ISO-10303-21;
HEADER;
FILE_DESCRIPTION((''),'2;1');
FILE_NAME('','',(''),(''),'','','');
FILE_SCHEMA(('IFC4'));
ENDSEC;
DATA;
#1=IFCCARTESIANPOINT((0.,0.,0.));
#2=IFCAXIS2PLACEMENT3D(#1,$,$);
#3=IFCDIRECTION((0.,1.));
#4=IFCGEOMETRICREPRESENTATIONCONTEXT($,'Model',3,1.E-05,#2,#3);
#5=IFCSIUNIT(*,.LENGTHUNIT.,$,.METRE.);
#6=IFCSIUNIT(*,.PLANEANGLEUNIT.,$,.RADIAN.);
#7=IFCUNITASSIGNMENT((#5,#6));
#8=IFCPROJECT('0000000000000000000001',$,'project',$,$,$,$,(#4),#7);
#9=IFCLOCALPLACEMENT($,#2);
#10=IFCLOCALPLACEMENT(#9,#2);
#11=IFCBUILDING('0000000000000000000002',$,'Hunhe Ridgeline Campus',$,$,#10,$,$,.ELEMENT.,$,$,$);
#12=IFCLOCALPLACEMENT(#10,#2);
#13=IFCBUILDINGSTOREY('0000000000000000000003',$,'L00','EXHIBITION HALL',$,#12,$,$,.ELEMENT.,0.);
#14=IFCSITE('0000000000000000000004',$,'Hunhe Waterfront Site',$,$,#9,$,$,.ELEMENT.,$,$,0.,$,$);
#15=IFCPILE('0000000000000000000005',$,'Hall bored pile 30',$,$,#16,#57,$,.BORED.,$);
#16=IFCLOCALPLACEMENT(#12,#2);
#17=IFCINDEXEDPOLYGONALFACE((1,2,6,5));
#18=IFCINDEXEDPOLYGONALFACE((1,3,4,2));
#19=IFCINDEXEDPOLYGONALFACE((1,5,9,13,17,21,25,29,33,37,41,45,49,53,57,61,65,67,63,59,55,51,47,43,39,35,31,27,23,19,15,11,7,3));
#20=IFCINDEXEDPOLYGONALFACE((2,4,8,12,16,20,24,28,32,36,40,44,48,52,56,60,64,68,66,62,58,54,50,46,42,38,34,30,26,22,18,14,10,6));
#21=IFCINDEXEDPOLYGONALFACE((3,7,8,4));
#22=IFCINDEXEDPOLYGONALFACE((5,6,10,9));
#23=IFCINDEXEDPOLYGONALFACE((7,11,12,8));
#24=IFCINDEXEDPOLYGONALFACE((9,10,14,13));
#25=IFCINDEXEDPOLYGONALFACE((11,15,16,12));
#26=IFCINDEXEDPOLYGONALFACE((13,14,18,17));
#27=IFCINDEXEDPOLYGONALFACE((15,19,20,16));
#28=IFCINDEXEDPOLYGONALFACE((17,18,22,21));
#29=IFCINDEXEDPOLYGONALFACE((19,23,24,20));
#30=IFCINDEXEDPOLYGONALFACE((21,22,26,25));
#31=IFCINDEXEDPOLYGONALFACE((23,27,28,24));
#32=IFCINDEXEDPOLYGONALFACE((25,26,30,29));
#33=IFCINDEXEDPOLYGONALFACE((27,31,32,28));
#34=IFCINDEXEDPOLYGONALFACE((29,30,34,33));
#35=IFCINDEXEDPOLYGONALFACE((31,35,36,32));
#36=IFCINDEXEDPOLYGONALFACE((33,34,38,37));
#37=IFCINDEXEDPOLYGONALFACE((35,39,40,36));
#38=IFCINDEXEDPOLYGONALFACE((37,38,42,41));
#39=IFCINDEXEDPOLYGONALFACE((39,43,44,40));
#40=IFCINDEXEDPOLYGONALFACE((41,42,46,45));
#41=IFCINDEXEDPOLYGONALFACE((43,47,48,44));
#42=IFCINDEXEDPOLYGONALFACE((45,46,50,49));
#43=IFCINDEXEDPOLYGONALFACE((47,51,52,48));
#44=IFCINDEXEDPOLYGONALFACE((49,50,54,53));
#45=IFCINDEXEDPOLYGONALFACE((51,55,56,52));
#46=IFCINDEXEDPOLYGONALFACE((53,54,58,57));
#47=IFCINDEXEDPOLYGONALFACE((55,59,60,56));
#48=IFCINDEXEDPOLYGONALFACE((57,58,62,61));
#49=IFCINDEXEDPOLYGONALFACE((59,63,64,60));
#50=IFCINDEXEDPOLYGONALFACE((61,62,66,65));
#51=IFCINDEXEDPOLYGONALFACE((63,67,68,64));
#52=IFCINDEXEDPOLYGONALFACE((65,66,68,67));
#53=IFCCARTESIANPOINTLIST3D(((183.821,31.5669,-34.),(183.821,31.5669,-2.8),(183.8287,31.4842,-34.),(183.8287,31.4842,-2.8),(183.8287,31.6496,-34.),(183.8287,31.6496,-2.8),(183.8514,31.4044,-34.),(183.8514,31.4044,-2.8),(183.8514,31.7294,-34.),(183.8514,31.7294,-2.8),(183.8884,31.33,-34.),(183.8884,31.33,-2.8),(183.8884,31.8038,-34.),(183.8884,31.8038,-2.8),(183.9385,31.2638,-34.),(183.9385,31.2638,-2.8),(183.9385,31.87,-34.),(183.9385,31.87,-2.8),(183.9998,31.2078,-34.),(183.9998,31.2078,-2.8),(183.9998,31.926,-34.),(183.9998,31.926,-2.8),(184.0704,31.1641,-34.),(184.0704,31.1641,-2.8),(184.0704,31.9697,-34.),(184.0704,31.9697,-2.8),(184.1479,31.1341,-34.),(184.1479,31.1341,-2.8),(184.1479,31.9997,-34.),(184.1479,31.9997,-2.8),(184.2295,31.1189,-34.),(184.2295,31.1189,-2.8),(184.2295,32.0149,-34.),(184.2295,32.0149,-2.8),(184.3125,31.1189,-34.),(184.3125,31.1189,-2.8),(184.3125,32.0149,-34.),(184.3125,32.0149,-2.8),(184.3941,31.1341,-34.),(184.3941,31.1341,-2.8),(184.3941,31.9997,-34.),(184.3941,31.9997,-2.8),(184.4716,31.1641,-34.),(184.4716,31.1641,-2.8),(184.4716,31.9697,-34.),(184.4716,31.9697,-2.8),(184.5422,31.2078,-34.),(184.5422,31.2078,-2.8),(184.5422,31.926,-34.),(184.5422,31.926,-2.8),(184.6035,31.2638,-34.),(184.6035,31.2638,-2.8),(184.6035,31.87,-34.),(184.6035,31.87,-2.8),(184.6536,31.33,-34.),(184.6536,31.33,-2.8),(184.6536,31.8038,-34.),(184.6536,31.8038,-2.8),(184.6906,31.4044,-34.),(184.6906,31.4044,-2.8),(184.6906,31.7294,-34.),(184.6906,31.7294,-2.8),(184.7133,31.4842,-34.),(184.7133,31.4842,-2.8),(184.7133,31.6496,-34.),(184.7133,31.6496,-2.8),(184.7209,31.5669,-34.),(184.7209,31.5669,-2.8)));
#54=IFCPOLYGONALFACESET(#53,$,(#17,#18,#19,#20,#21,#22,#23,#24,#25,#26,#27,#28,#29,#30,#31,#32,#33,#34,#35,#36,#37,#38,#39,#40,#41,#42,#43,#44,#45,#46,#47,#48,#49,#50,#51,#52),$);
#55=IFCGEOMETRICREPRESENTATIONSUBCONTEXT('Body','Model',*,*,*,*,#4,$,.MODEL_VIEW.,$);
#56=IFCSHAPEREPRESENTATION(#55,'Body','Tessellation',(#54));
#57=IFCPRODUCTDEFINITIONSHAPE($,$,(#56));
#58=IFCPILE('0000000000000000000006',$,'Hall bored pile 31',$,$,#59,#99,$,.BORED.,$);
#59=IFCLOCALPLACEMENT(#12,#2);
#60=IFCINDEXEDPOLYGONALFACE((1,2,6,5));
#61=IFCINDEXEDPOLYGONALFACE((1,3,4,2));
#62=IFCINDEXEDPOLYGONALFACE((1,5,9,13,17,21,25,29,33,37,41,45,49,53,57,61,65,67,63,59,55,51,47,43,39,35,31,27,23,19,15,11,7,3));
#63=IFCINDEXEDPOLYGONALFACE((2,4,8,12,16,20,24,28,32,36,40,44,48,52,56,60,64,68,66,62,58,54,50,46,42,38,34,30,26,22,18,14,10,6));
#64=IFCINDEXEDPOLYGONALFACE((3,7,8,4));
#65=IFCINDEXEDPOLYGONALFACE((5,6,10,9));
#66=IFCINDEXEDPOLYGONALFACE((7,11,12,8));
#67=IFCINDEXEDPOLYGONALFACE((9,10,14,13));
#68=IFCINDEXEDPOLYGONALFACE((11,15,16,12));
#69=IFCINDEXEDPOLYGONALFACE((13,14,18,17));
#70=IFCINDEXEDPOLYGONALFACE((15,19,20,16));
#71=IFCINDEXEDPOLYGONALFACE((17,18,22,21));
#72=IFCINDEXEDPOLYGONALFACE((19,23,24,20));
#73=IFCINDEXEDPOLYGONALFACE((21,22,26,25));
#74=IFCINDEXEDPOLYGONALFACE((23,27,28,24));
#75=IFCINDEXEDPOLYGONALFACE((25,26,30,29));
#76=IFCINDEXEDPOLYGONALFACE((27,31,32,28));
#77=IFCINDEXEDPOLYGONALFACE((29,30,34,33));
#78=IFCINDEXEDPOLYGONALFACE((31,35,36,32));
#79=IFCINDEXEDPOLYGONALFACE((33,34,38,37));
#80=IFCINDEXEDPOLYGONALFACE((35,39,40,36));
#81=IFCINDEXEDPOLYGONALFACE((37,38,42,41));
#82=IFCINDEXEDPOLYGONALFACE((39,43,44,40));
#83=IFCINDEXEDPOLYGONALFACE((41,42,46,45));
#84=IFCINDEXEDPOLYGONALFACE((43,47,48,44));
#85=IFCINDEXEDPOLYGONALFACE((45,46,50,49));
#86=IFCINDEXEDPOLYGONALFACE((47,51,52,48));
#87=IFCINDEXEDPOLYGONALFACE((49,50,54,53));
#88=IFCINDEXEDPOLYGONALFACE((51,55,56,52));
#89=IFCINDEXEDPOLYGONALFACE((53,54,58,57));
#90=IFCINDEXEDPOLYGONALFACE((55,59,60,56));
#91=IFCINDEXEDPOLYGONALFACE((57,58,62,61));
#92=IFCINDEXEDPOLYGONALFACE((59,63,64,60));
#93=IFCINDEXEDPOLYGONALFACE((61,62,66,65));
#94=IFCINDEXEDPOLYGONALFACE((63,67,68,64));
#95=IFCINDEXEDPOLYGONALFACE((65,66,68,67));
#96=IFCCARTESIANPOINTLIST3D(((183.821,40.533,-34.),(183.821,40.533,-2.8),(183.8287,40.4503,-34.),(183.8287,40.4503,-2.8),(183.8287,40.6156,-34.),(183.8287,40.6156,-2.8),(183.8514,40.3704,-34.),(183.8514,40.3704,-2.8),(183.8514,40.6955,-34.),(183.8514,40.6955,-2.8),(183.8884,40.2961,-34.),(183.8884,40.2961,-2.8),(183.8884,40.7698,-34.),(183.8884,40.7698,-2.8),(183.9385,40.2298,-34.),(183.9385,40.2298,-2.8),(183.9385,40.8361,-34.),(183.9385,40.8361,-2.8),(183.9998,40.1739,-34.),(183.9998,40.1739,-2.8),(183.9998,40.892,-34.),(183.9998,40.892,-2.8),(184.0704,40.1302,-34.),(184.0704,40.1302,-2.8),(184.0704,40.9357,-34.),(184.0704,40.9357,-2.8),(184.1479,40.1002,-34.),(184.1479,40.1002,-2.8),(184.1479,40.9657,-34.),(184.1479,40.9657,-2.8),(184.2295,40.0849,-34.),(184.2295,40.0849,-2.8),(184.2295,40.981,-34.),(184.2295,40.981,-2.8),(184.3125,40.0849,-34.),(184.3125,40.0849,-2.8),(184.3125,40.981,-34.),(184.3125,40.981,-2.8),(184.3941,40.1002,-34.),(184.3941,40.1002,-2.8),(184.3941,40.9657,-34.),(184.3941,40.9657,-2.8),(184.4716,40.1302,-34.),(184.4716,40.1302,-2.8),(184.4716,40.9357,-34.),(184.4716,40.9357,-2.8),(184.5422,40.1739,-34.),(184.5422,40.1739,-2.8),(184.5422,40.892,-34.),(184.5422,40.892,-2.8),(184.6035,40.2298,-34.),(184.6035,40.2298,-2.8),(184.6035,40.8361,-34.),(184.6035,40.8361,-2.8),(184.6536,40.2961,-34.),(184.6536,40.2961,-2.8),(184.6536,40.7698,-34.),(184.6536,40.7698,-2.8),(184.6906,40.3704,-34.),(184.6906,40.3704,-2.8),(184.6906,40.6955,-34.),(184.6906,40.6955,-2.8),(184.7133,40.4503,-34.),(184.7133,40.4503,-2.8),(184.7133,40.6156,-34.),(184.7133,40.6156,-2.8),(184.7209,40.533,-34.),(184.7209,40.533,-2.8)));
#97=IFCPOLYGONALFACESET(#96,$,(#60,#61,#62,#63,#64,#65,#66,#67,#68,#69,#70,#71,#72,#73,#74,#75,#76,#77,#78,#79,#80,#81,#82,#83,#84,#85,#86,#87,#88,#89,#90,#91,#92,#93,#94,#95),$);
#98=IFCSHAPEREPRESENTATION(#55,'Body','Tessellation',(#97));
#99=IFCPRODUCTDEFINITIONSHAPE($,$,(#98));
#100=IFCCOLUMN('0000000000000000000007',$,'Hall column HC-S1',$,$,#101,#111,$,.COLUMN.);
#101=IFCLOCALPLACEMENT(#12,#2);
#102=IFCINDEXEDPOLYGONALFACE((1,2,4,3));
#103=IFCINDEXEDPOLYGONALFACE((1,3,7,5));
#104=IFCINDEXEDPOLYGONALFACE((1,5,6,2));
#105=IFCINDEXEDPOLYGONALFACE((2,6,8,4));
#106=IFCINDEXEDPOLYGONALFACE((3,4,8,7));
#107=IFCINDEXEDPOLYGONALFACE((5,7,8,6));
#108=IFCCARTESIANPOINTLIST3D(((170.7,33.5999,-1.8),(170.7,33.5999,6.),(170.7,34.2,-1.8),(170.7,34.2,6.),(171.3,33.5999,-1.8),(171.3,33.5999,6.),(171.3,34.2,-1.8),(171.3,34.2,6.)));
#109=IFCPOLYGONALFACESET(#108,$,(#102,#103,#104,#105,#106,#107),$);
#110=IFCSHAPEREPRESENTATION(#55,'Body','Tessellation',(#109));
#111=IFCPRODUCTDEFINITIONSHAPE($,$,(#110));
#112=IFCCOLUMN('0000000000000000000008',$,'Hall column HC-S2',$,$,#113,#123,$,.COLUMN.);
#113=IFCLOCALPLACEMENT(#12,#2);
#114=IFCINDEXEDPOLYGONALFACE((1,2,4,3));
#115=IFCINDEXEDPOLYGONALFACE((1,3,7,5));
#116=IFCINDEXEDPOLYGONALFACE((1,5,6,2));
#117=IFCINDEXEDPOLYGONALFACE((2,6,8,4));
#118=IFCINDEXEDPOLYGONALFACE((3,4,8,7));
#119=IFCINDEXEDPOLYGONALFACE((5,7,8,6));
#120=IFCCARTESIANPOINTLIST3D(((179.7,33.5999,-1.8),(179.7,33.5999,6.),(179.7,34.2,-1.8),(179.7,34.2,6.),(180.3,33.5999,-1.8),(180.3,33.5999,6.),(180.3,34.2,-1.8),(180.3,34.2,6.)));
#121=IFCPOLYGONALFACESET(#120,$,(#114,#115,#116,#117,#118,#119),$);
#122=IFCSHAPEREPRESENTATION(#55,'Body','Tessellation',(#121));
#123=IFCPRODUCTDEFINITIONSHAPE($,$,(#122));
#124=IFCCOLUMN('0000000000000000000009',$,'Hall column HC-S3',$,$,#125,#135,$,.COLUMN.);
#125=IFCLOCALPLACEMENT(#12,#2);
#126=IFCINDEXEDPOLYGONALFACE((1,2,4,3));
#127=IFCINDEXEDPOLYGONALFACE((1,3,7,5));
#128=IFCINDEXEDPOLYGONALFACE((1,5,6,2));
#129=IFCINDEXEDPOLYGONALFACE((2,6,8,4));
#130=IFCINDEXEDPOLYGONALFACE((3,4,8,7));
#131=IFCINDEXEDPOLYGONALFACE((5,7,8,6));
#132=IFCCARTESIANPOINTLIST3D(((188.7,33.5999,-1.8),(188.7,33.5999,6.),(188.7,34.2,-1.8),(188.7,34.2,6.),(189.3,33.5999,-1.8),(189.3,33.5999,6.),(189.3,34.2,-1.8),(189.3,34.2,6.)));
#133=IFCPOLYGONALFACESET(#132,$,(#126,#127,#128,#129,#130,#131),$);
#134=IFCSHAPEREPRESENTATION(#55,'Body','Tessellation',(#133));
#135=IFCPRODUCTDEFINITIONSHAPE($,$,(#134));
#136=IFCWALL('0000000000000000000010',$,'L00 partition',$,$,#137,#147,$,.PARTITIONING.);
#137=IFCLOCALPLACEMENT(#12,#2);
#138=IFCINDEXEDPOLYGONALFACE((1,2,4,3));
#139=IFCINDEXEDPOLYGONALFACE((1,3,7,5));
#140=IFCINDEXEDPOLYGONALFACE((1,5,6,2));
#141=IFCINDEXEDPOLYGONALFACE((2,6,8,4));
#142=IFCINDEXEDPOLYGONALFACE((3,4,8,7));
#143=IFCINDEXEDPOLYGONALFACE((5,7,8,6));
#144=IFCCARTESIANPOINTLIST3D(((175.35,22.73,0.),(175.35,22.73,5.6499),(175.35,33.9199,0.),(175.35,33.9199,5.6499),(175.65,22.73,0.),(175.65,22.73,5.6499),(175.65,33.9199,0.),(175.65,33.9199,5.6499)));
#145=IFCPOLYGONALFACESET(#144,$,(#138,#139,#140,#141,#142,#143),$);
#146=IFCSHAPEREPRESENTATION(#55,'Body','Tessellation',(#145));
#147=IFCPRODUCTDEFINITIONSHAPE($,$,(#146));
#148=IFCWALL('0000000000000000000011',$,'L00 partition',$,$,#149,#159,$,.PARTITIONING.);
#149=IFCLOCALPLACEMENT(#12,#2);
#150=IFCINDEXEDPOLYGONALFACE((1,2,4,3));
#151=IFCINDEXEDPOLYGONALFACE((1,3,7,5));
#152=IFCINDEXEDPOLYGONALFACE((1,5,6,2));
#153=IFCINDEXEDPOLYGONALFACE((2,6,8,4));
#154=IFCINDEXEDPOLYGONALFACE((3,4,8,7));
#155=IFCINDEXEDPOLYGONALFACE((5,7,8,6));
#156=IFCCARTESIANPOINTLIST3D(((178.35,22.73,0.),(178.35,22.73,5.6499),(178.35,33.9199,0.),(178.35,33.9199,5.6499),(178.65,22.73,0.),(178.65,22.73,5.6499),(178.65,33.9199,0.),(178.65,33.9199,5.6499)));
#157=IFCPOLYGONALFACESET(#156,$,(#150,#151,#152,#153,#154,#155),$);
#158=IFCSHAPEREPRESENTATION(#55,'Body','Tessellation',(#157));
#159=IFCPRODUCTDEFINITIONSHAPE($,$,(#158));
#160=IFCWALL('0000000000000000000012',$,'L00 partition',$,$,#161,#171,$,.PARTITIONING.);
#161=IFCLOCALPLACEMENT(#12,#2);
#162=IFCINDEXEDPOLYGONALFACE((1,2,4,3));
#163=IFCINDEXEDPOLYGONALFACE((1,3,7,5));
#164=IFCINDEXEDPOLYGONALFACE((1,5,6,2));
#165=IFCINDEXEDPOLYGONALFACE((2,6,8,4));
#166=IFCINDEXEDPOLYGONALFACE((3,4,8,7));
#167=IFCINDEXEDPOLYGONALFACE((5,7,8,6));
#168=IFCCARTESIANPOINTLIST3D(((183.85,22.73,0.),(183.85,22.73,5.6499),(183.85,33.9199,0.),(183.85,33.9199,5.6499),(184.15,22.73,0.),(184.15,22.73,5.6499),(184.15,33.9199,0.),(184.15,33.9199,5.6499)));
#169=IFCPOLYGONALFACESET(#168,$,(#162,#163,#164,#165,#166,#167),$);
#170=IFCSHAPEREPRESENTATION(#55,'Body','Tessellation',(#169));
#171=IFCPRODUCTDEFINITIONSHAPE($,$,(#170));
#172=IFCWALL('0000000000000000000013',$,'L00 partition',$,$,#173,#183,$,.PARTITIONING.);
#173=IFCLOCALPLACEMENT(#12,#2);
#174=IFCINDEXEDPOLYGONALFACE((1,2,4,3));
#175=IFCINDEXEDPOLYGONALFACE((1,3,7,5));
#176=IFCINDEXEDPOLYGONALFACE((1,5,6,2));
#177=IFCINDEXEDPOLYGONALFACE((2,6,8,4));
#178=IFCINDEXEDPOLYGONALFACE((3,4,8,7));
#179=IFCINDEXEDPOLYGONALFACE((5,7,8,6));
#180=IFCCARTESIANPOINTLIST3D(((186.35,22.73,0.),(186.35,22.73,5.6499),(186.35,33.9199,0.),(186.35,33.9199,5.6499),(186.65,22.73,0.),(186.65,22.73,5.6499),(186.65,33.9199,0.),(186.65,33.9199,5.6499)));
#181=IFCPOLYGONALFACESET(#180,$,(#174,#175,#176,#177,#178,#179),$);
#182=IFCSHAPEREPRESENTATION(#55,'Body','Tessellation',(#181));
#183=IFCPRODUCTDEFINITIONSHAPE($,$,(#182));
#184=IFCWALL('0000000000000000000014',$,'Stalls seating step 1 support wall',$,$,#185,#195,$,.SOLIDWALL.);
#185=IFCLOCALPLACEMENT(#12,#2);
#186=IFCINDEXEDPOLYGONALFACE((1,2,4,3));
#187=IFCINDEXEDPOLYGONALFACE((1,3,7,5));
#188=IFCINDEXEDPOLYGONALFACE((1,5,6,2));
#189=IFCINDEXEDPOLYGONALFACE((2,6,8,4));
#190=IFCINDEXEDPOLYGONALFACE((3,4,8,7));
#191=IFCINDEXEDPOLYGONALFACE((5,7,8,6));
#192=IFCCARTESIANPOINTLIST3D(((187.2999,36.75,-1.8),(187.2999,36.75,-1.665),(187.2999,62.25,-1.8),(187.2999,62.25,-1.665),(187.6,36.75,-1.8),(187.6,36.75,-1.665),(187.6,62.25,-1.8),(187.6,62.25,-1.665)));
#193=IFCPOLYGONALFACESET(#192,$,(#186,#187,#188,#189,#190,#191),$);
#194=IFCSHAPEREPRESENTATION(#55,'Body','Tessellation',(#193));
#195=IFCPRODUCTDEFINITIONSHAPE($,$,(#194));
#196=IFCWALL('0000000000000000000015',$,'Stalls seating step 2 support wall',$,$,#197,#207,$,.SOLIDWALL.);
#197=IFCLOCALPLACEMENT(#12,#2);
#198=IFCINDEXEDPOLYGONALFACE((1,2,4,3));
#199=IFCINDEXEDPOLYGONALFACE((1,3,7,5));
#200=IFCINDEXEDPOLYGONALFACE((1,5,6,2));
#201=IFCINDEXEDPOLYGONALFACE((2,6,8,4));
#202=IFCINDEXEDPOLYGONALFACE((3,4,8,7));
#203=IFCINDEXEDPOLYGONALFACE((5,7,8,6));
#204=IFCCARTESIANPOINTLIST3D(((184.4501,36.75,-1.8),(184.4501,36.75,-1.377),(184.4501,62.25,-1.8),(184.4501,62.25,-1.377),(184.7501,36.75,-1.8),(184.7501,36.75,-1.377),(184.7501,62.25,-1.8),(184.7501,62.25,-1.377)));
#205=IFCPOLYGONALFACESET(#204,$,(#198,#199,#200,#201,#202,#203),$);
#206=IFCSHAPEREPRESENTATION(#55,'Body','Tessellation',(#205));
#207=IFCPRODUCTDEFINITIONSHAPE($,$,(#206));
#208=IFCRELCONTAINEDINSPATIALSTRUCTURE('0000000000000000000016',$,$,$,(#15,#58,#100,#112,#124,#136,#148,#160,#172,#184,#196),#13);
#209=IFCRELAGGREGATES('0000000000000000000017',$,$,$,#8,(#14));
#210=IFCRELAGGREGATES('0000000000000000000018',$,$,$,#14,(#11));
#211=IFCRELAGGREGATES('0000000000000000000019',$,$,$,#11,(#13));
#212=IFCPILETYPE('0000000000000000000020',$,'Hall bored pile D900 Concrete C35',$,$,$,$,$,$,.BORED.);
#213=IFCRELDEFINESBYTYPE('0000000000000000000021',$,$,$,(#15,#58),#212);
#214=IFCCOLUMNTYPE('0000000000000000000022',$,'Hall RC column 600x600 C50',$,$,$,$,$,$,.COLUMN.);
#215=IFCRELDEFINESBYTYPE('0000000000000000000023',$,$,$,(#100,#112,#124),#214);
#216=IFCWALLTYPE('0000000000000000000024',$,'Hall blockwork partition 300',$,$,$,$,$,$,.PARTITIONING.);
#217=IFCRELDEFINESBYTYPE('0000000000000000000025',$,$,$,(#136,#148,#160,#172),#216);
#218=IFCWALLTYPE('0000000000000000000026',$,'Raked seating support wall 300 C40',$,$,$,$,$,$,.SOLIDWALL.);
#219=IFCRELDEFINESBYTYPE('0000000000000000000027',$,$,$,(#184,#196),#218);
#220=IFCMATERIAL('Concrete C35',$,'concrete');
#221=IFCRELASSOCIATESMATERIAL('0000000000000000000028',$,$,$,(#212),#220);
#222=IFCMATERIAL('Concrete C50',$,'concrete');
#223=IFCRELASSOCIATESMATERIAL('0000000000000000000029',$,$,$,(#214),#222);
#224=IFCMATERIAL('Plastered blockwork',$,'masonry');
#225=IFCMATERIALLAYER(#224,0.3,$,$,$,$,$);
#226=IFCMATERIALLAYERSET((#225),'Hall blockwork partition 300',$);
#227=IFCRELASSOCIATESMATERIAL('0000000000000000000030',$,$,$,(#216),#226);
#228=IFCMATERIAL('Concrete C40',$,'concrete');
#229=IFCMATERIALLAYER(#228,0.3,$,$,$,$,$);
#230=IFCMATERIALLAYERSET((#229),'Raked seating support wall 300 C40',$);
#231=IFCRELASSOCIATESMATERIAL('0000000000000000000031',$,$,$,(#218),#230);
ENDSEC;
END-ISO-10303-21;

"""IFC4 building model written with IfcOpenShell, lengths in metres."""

from ifc_helpers import new_model, si_unit, direction, frame, frame_2d, origin, origin_2d, place, context, subcontext, project, spatial, rectangle, circle, extrude, material, layer, layer_set, material_profile, profile_set, type_object, element, save


model = new_model("IFC4")

# Units and contexts
model_context = context("Model", 3, precision=1e-05, world=origin(), true_north=direction((0.0, 1.0)))
body_context = subcontext(model_context, "Body", "Model", "MODEL_VIEW")
ifc_project = project(units=[si_unit("LENGTHUNIT", "METRE"), si_unit("PLANEANGLEUNIT", "RADIAN")], contexts=[model_context])

# Site, building, storey
site_placement = place(None, origin())
site = spatial("IfcSite", under=ifc_project, at=site_placement, Name="Hunhe Waterfront Site", CompositionType="ELEMENT", RefElevation=0.0)
building_placement = place(site_placement, origin())
building = spatial("IfcBuilding", under=site, at=building_placement, Name="Hunhe Ridgeline Campus", CompositionType="ELEMENT")
storey_placement = place(building_placement, origin())
storey = spatial("IfcBuildingStorey", under=building, at=storey_placement, Name="L00", Description="EXHIBITION HALL", CompositionType="ELEMENT", Elevation=0.0)

# Piles
ifc_material_1 = material(Name="Concrete C35", Category="concrete")
ifc_material_profile_1 = material_profile(ifc_material_1, circle(Radius=0.45, at=origin_2d()))
ifc_profile_set_1 = profile_set([ifc_material_profile_1], Name="Concrete C35")
pile_type = type_object("IfcPileType", Name="Hall bored pile D900 Concrete C35", PredefinedType="BORED", material=ifc_profile_set_1)
for number, where, z_axis, x_axis, name in (
    (1, (184.271, 31.5669, -2.8), (0.0, 0.0, -1.0), (1.0, 0.0, 0.0), "Hall bored pile 30"),
    (2, (184.271, 40.533, -2.8), (0.0, 0.0, -1.0), (1.0, 0.0, 0.0), "Hall bored pile 31"),
):
    element("IfcPile", number, at=place(storey_placement, frame(where, z_axis=z_axis, x_axis=x_axis)), inside=storey, type_object=pile_type, Name=name, PredefinedType="BORED", context=body_context, shape_type="SweptSolid", body=[
        extrude(circle(Radius=0.45, at=origin_2d()), origin(), (0.0, 0.0, 1.0), 31.2),
    ])

# Columns
ifc_material_2 = material(Name="Concrete C50", Category="concrete")
ifc_material_profile_2 = material_profile(ifc_material_2, rectangle(XDim=0.6001, YDim=0.6001, at=origin_2d()))
ifc_profile_set_2 = profile_set([ifc_material_profile_2], Name="Concrete C50")
column_type = type_object("IfcColumnType", Name="Hall RC column 600x600 C50", PredefinedType="COLUMN", material=ifc_profile_set_2)
for number, where, z_axis, x_axis, name in (
    (3, (171.0, 33.8999, -1.8), (0.0, 0.0, 1.0), (1.0, 0.0, 0.0), "Hall column HC-S1"),
    (4, (180.0, 33.8999, -1.8), (0.0, 0.0, 1.0), (1.0, 0.0, 0.0), "Hall column HC-S2"),
    (5, (189.0, 33.8999, -1.8), (0.0, 0.0, 1.0), (1.0, 0.0, 0.0), "Hall column HC-S3"),
):
    element("IfcColumn", number, at=place(storey_placement, frame(where, z_axis=z_axis, x_axis=x_axis)), inside=storey, type_object=column_type, Name=name, PredefinedType="COLUMN", context=body_context, shape_type="SweptSolid", body=[
        extrude(rectangle(XDim=0.6001, YDim=0.6001, at=origin_2d()), origin(), (0.0, 0.0, 1.0), 7.8),
    ])

# Shared definitions
ifc_material_3 = material(Name="Plastered blockwork", Category="masonry")
ifc_layer_1 = layer(ifc_material_3, 0.3)
ifc_layer_set_1 = layer_set([ifc_layer_1], Name="Hall blockwork partition 300")
wall_type_1 = type_object("IfcWallType", Name="Hall blockwork partition 300", PredefinedType="PARTITIONING", material=ifc_layer_set_1)

# Walls
for number, where, z_axis, x_axis, name in (
    (6, (175.5, 22.73, 0.0), (0.0, 0.0, 1.0), (0.0, 1.0, 0.0), "L00 partition"),
    (7, (178.5, 22.73, 0.0), (0.0, 0.0, 1.0), (0.0, 1.0, 0.0), "L00 partition"),
    (8, (184.0, 22.73, 0.0), (0.0, 0.0, 1.0), (0.0, 1.0, 0.0), "L00 partition"),
    (9, (186.5, 22.73, 0.0), (0.0, 0.0, 1.0), (0.0, 1.0, 0.0), "L00 partition"),
):
    element("IfcWall", number, at=place(storey_placement, frame(where, z_axis=z_axis, x_axis=x_axis)), inside=storey, type_object=wall_type_1, Name=name, PredefinedType="PARTITIONING", context=body_context, shape_type="SweptSolid", body=[
        extrude(rectangle(XDim=11.1899, YDim=0.3, at=frame_2d((5.595, 0.0))), origin(), (0.0, 0.0, 1.0), 5.6499),
    ])
ifc_material_4 = material(Name="Concrete C40", Category="concrete")
ifc_layer_2 = layer(ifc_material_4, 0.3)
ifc_layer_set_2 = layer_set([ifc_layer_2], Name="Raked seating support wall 300 C40")
wall_type_2 = type_object("IfcWallType", Name="Raked seating support wall 300 C40", PredefinedType="SOLIDWALL", material=ifc_layer_set_2)
wall_1_placement = place(storey_placement, frame((187.45, 36.75, -1.8), z_axis=(0.0, 0.0, 1.0), x_axis=(0.0, 1.0, 0.0)))
element("IfcWall", 10, at=wall_1_placement, inside=storey, type_object=wall_type_2, Name="Stalls seating step 1 support wall", PredefinedType="SOLIDWALL", context=body_context, shape_type="SweptSolid", body=[
    extrude(rectangle(XDim=25.5, YDim=0.3, at=frame_2d((12.75, 0.0))), origin(), (0.0, 0.0, 1.0), 0.135),
])
wall_2_placement = place(storey_placement, frame((184.6001, 36.75, -1.8), z_axis=(0.0, 0.0, 1.0), x_axis=(0.0, 1.0, 0.0)))
element("IfcWall", 11, at=wall_2_placement, inside=storey, type_object=wall_type_2, Name="Stalls seating step 2 support wall", PredefinedType="SOLIDWALL", context=body_context, shape_type="SweptSolid", body=[
    extrude(rectangle(XDim=25.5, YDim=0.3, at=frame_2d((12.75, 0.0))), origin(), (0.0, 0.0, 1.0), 0.4231),
])

save(model, "model.ifc")
